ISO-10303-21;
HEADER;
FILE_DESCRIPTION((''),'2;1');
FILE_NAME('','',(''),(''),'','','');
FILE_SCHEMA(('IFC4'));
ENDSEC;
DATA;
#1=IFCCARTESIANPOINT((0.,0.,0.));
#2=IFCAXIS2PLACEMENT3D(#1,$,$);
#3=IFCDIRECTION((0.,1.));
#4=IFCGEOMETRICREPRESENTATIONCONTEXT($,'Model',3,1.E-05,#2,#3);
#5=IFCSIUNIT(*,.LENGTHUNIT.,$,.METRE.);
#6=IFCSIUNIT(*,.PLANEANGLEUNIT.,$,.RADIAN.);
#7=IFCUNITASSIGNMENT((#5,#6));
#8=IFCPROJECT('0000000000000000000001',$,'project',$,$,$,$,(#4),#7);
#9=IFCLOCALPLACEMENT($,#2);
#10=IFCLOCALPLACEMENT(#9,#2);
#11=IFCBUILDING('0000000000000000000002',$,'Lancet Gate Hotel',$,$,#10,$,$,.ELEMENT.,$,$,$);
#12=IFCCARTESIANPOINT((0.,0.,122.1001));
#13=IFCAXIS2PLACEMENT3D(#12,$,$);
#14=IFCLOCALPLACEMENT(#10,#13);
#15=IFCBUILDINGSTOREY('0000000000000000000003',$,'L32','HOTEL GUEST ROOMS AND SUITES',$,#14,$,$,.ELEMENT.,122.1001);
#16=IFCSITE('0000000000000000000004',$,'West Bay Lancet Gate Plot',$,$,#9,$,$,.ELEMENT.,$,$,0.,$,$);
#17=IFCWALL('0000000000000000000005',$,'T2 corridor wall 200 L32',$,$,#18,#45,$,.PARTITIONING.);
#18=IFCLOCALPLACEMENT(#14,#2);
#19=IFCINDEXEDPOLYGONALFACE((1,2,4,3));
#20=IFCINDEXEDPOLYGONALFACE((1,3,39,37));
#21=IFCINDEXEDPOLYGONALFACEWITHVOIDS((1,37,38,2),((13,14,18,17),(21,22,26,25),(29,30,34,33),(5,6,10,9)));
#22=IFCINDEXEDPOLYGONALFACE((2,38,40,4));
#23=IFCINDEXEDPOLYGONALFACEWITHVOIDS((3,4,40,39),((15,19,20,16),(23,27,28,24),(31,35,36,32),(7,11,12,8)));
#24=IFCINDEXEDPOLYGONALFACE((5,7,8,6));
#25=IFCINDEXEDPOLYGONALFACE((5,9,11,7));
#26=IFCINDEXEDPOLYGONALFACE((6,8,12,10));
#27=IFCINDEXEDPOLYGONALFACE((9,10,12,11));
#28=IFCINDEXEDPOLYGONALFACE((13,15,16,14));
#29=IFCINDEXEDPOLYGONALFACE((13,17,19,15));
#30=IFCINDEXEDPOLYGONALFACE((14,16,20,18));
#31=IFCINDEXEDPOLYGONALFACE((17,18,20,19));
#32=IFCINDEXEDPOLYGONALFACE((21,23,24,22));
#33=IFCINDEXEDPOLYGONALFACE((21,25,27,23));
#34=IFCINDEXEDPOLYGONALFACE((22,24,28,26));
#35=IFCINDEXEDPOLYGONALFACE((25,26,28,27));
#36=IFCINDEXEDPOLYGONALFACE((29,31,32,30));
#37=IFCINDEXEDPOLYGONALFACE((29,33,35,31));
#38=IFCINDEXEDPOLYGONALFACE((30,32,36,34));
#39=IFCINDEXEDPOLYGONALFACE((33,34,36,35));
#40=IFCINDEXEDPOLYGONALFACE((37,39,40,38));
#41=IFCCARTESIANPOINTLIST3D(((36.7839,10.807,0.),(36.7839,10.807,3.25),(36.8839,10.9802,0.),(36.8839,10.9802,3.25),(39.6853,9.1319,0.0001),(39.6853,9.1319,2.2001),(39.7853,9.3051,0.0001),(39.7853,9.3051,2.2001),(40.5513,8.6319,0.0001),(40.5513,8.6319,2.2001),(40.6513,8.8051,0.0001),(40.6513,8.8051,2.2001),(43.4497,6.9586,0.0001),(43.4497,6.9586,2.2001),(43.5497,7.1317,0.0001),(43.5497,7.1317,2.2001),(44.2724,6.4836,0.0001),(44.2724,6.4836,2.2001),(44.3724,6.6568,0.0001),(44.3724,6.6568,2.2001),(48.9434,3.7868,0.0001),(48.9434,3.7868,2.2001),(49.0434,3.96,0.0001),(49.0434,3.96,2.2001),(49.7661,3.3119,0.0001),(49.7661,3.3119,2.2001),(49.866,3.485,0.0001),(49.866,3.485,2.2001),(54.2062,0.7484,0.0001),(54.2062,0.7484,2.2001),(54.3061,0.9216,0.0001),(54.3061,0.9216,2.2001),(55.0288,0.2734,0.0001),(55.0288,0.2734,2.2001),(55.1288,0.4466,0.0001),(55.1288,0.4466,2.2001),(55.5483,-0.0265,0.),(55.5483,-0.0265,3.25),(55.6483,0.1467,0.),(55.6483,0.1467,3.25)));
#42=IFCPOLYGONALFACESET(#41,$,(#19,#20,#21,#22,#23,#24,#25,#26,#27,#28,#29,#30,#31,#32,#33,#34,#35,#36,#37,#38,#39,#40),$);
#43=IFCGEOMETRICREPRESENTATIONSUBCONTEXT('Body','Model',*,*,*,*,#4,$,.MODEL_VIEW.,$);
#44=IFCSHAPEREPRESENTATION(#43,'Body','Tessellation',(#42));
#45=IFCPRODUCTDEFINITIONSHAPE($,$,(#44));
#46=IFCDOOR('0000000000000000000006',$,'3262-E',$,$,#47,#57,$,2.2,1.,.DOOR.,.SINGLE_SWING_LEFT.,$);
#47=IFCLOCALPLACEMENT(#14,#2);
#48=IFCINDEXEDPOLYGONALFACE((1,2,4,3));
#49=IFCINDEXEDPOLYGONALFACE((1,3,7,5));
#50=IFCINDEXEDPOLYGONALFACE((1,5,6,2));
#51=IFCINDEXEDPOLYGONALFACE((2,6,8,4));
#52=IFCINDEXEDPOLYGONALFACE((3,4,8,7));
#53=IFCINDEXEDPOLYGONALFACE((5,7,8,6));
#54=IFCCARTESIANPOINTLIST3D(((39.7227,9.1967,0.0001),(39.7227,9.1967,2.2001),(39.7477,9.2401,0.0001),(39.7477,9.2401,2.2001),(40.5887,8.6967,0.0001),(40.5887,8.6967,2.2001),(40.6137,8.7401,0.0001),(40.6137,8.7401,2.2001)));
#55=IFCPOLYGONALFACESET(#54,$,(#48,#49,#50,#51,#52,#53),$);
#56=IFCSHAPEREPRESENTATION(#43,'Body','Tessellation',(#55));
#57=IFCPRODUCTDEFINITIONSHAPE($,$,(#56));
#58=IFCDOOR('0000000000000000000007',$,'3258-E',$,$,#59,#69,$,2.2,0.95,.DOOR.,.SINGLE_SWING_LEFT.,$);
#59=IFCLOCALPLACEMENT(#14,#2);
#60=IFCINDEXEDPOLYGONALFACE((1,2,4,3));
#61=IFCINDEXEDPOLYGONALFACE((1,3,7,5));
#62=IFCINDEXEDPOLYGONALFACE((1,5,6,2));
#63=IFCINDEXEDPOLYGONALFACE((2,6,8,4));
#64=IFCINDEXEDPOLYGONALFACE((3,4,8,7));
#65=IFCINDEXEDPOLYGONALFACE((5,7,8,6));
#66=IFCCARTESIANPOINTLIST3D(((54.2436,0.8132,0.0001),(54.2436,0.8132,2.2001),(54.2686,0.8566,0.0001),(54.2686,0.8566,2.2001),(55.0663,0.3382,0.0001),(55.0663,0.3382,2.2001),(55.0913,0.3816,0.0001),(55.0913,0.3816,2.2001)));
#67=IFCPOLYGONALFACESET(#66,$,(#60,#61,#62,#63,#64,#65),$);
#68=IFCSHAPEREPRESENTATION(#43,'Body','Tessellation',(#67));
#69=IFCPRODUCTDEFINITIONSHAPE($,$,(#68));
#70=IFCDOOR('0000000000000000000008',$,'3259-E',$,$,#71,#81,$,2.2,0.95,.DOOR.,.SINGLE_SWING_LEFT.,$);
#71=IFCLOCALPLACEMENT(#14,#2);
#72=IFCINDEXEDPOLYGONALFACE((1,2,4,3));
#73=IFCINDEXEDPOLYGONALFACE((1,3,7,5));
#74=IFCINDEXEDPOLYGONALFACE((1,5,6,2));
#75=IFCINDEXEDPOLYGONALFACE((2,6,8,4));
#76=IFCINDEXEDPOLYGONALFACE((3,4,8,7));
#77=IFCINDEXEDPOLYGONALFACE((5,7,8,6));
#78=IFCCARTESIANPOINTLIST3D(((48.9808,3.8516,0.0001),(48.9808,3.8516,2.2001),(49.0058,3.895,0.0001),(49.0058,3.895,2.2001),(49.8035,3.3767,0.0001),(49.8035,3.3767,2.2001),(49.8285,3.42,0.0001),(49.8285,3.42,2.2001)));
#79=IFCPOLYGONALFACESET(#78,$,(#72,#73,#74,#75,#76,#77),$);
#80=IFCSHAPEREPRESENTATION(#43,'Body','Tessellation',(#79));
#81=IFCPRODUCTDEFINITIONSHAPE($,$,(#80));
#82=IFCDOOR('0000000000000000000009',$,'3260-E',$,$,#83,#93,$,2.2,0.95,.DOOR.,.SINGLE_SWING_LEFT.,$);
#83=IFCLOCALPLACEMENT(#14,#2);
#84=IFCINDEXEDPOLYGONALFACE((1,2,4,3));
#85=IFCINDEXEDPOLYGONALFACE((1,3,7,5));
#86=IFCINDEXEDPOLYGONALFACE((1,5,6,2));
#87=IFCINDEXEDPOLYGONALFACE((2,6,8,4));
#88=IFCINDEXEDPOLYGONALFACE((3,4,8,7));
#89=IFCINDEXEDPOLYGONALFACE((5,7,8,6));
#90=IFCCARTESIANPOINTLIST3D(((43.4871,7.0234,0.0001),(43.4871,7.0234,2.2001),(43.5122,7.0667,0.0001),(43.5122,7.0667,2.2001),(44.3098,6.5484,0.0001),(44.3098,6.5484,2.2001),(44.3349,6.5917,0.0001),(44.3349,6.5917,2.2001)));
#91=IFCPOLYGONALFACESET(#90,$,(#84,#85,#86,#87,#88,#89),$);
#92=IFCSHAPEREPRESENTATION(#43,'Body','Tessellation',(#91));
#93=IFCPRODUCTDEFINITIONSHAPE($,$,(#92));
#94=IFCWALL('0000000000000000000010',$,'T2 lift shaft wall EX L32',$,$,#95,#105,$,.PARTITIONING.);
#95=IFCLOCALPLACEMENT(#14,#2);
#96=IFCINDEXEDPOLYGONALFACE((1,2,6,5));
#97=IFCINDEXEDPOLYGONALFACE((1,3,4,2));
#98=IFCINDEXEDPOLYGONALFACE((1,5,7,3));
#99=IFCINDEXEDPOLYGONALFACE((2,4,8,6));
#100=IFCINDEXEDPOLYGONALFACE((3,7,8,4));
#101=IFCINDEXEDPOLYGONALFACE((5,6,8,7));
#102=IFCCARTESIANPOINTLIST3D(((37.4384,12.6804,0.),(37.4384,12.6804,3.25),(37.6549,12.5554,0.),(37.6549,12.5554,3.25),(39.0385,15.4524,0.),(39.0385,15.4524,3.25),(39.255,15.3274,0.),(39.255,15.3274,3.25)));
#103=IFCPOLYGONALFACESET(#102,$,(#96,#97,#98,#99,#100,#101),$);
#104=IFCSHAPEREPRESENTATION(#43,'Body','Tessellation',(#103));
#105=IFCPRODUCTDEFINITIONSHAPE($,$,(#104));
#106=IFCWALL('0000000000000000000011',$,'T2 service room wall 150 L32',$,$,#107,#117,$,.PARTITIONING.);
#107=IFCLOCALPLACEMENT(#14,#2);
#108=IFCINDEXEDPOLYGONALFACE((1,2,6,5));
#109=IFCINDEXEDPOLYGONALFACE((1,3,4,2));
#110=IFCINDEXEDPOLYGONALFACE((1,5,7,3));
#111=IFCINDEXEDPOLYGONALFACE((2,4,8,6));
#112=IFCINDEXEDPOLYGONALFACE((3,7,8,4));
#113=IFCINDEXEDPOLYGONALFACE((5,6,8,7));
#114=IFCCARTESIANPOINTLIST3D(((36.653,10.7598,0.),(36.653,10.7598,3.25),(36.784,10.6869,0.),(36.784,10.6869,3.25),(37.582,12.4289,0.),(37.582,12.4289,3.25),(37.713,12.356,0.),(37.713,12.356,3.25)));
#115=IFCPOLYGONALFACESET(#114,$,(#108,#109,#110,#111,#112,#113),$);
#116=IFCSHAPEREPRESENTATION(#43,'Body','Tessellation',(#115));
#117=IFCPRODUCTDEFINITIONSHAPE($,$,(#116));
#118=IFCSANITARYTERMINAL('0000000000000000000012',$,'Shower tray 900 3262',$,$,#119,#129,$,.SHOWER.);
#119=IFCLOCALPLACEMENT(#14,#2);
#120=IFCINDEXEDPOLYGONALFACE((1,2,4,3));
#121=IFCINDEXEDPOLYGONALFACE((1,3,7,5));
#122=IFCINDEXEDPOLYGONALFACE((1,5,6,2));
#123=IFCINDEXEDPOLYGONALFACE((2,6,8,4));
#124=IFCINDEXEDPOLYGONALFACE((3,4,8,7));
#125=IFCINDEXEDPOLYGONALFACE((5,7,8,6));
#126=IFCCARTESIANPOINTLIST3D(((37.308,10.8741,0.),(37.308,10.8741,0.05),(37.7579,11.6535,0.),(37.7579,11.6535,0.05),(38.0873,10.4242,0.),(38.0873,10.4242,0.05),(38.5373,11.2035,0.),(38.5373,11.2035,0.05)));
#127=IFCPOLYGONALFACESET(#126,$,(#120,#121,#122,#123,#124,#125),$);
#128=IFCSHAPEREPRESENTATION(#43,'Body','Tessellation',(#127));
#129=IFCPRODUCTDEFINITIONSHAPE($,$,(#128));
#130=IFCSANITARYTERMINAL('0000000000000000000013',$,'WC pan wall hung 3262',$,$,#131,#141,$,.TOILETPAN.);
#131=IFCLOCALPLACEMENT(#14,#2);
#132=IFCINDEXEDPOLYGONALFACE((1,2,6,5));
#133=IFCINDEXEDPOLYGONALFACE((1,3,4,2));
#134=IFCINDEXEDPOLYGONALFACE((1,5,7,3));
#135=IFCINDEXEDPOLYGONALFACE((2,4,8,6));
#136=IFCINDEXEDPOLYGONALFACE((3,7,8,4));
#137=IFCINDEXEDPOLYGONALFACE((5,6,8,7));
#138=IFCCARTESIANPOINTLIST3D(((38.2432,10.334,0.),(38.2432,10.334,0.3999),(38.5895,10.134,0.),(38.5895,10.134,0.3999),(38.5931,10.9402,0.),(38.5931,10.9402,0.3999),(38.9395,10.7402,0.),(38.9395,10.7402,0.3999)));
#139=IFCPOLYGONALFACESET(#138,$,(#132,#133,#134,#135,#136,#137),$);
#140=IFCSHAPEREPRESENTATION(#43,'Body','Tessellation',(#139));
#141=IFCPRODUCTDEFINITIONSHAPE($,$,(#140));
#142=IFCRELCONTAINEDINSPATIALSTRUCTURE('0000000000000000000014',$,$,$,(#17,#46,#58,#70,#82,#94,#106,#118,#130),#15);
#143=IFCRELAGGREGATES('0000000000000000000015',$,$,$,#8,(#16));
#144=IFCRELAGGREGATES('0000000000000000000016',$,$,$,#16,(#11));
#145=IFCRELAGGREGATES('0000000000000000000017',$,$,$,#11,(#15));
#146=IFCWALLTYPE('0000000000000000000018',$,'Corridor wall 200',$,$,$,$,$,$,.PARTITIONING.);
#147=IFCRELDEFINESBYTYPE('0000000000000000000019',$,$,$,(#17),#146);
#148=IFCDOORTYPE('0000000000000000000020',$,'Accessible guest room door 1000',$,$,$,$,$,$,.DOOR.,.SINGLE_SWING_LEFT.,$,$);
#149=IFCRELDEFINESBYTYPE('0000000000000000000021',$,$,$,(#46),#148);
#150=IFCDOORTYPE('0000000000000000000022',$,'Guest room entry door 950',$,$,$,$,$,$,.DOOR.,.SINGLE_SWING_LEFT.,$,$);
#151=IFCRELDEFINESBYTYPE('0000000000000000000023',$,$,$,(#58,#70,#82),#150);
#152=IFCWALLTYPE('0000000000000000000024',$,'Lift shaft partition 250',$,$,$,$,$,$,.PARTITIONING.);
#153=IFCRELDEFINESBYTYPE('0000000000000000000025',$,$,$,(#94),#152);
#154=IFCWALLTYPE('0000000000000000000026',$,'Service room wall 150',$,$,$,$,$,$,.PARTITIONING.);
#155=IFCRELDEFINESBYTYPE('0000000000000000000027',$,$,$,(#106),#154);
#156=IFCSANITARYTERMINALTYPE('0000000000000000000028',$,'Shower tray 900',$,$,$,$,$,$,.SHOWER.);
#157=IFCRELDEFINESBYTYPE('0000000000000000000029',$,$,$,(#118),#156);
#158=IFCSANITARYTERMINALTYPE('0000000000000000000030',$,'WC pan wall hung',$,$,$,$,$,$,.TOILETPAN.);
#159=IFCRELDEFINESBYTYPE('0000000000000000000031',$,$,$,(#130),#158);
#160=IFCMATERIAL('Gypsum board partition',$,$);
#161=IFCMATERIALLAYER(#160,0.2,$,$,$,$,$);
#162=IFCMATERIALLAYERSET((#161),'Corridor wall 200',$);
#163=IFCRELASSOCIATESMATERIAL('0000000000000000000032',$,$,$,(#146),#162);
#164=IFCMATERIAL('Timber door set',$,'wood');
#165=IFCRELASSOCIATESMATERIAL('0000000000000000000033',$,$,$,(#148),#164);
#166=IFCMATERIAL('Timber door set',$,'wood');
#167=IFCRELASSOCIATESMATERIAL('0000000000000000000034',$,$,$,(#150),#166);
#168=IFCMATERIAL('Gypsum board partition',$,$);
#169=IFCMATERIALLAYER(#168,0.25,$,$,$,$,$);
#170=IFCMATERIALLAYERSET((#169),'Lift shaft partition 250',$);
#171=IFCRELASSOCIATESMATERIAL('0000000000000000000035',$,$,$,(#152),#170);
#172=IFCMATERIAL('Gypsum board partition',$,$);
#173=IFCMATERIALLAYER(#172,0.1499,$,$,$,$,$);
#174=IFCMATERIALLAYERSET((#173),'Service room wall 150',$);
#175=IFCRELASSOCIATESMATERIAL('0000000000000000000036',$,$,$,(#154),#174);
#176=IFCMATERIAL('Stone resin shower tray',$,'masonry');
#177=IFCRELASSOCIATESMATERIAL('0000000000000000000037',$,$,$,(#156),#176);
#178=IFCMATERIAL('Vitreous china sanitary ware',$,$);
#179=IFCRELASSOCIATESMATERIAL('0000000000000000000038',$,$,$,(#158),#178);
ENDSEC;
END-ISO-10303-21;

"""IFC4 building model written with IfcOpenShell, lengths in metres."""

from ifc_helpers import new_model, si_unit, direction, frame, frame_2d, origin, origin_2d, place, context, subcontext, project, spatial, rectangle, extrude, material, layer, layer_set, type_object, element, fill, save


model = new_model("IFC4")

# Units and contexts
model_context = context("Model", 3, precision=1e-05, world=origin(), true_north=direction((0.0, 1.0)))
body_context = subcontext(model_context, "Body", "Model", "MODEL_VIEW")
ifc_project = project(units=[si_unit("LENGTHUNIT", "METRE"), si_unit("PLANEANGLEUNIT", "RADIAN")], contexts=[model_context])

# Site, building, storey
site_placement = place(None, origin())
site = spatial("IfcSite", under=ifc_project, at=site_placement, Name="West Bay Lancet Gate Plot", CompositionType="ELEMENT", RefElevation=0.0)
building_placement = place(site_placement, origin())
building = spatial("IfcBuilding", under=site, at=building_placement, Name="Lancet Gate Hotel", CompositionType="ELEMENT")
storey_placement = place(building_placement, frame((0.0, 0.0, 122.1001)))
storey = spatial("IfcBuildingStorey", under=building, at=storey_placement, Name="L32", Description="HOTEL GUEST ROOMS AND SUITES", CompositionType="ELEMENT", Elevation=122.1001)

# Wall, openings, doors
ifc_material_1 = material(Name="Gypsum board partition")
ifc_layer_1 = layer(ifc_material_1, 0.2)
ifc_layer_set_1 = layer_set([ifc_layer_1], Name="Corridor wall 200")
wall_type_1 = type_object("IfcWallType", Name="Corridor wall 200", PredefinedType="PARTITIONING", material=ifc_layer_set_1)
wall_1_placement = place(storey_placement, frame((36.834, 10.8936, 0.0), z_axis=(0.0, 0.0, 1.0), x_axis=(0.866028, -0.499995, 0.0)))
wall_1 = element("IfcWall", 1, at=wall_1_placement, inside=storey, type_object=wall_type_1, Name="T2 corridor wall 200 L32", PredefinedType="PARTITIONING", context=body_context, shape_type="SweptSolid", body=[
    extrude(rectangle(XDim=21.6672, YDim=0.2, at=frame_2d((10.8335, 0.0))), origin(), (0.0, 0.0, 1.0), 3.25),
])
opening_1_placement = place(wall_1_placement, frame((20.1172, 0.0, 0.0)))
opening_1 = element("IfcOpeningElement", 2, at=opening_1_placement, cuts=wall_1, PredefinedType="OPENING", context=body_context, shape_type="SweptSolid", body=[
    extrude(rectangle(XDim=0.95, YDim=2.2, at=frame_2d((0.4751, 1.1001))), frame((0.0, 0.1099, 0.0), z_axis=(0.0, -1.0, 0.0), x_axis=(1.0, 0.0, 0.0)), (0.0, 0.0, 1.0), 0.22),
])
opening_2_placement = place(wall_1_placement, frame((14.0403, 0.0, 0.0)))
opening_2 = element("IfcOpeningElement", 3, at=opening_2_placement, cuts=wall_1, PredefinedType="OPENING", context=body_context, shape_type="SweptSolid", body=[
    extrude(rectangle(XDim=0.95, YDim=2.2, at=frame_2d((0.4751, 1.1001))), frame((0.0, 0.1099, 0.0), z_axis=(0.0, -1.0, 0.0), x_axis=(1.0, 0.0, 0.0)), (0.0, 0.0, 1.0), 0.22),
])
opening_3_placement = place(wall_1_placement, frame((7.6968, 0.0, 0.0)))
opening_3 = element("IfcOpeningElement", 4, at=opening_3_placement, cuts=wall_1, PredefinedType="OPENING", context=body_context, shape_type="SweptSolid", body=[
    extrude(rectangle(XDim=0.95, YDim=2.2, at=frame_2d((0.4751, 1.1001))), frame((0.0, 0.1099, 0.0), z_axis=(0.0, -1.0, 0.0), x_axis=(1.0, 0.0, 0.0)), (0.0, 0.0, 1.0), 0.22),
])
opening_4_placement = place(wall_1_placement, frame((3.3501, 0.0, 0.0)))
opening_4 = element("IfcOpeningElement", 5, at=opening_4_placement, cuts=wall_1, PredefinedType="OPENING", context=body_context, shape_type="SweptSolid", body=[
    extrude(rectangle(XDim=1.0, YDim=2.2, at=frame_2d((0.5, 1.1001))), frame((0.0, 0.1099, 0.0), z_axis=(0.0, -1.0, 0.0), x_axis=(1.0, 0.0, 0.0)), (0.0, 0.0, 1.0), 0.22),
])
ifc_material_2 = material(Name="Timber door set", Category="wood")
door_type_1 = type_object("IfcDoorType", Name="Accessible guest room door 1000", OperationType="SINGLE_SWING_LEFT", PredefinedType="DOOR", material=ifc_material_2)
door_1_placement = place(opening_4_placement, origin())
door_1 = element("IfcDoor", 6, at=door_1_placement, inside=storey, type_object=door_type_1, Name="3262-E", OperationType="SINGLE_SWING_LEFT", OverallHeight=2.2, OverallWidth=1.0, PredefinedType="DOOR", context=body_context, shape_type="SweptSolid", body=[
    extrude(rectangle(XDim=1.0, YDim=2.2, at=frame_2d((0.5, 1.1001))), frame((0.0, 0.0249, 0.0), z_axis=(0.0, -1.0, 0.0), x_axis=(1.0, 0.0, 0.0)), (0.0, 0.0, 1.0), 0.05),
])
fill(opening_4, door_1)
ifc_material_3 = material(Name="Timber door set", Category="wood")
door_type_2 = type_object("IfcDoorType", Name="Guest room entry door 950", OperationType="SINGLE_SWING_LEFT", PredefinedType="DOOR", material=ifc_material_3)
door_2_placement = place(opening_1_placement, origin())
door_2 = element("IfcDoor", 7, at=door_2_placement, inside=storey, type_object=door_type_2, Name="3258-E", OperationType="SINGLE_SWING_LEFT", OverallHeight=2.2, OverallWidth=0.95, PredefinedType="DOOR", context=body_context, shape_type="SweptSolid", body=[
    extrude(rectangle(XDim=0.95, YDim=2.2, at=frame_2d((0.4751, 1.1001))), frame((0.0, 0.0249, 0.0), z_axis=(0.0, -1.0, 0.0), x_axis=(1.0, 0.0, 0.0)), (0.0, 0.0, 1.0), 0.05),
])
fill(opening_1, door_2)
door_3_placement = place(opening_2_placement, origin())
door_3 = element("IfcDoor", 8, at=door_3_placement, inside=storey, type_object=door_type_2, Name="3259-E", OperationType="SINGLE_SWING_LEFT", OverallHeight=2.2, OverallWidth=0.95, PredefinedType="DOOR", context=body_context, shape_type="SweptSolid", body=[
    extrude(rectangle(XDim=0.95, YDim=2.2, at=frame_2d((0.4751, 1.1001))), frame((0.0, 0.0249, 0.0), z_axis=(0.0, -1.0, 0.0), x_axis=(1.0, 0.0, 0.0)), (0.0, 0.0, 1.0), 0.05),
])
fill(opening_2, door_3)
door_4_placement = place(opening_3_placement, origin())
door_4 = element("IfcDoor", 9, at=door_4_placement, inside=storey, type_object=door_type_2, Name="3260-E", OperationType="SINGLE_SWING_LEFT", OverallHeight=2.2, OverallWidth=0.95, PredefinedType="DOOR", context=body_context, shape_type="SweptSolid", body=[
    extrude(rectangle(XDim=0.95, YDim=2.2, at=frame_2d((0.4751, 1.1001))), frame((0.0, 0.0249, 0.0), z_axis=(0.0, -1.0, 0.0), x_axis=(1.0, 0.0, 0.0)), (0.0, 0.0, 1.0), 0.05),
])
fill(opening_3, door_4)

# Walls
ifc_material_4 = material(Name="Gypsum board partition")
ifc_layer_2 = layer(ifc_material_4, 0.25)
ifc_layer_set_2 = layer_set([ifc_layer_2], Name="Lift shaft partition 250")
wall_type_2 = type_object("IfcWallType", Name="Lift shaft partition 250", PredefinedType="PARTITIONING", material=ifc_layer_set_2)
wall_2_placement = place(storey_placement, frame((37.5466, 12.6179, 0.0), z_axis=(0.0, 0.0, 1.0), x_axis=(0.499929, 0.866066, 0.0)))
element("IfcWall", 10, at=wall_2_placement, inside=storey, type_object=wall_type_2, Name="T2 lift shaft wall EX L32", PredefinedType="PARTITIONING", context=body_context, shape_type="SweptSolid", body=[
    extrude(rectangle(XDim=3.2007, YDim=0.25, at=frame_2d((1.6003, 0.0))), origin(), (0.0, 0.0, 1.0), 3.25),
])
ifc_material_5 = material(Name="Gypsum board partition")
ifc_layer_3 = layer(ifc_material_5, 0.1499)
ifc_layer_set_3 = layer_set([ifc_layer_3], Name="Service room wall 150")
wall_type_3 = type_object("IfcWallType", Name="Service room wall 150", PredefinedType="PARTITIONING", material=ifc_layer_set_3)
wall_3_placement = place(storey_placement, frame((36.7185, 10.7234, 0.0), z_axis=(0.0, 0.0, 1.0), x_axis=(0.486348, 0.873765, 0.0)))
element("IfcWall", 11, at=wall_3_placement, inside=storey, type_object=wall_type_3, Name="T2 service room wall 150 L32", PredefinedType="PARTITIONING", context=body_context, shape_type="SweptSolid", body=[
    extrude(rectangle(XDim=1.9102, YDim=0.1499, at=frame_2d((0.9551, 0.0))), origin(), (0.0, 0.0, 1.0), 3.25),
])

# Sanitary terminals
ifc_material_6 = material(Name="Stone resin shower tray", Category="masonry")
sanitary_terminal_type_1 = type_object("IfcSanitaryTerminalType", Name="Shower tray 900", PredefinedType="SHOWER", material=ifc_material_6)
sanitary_terminal_1_placement = place(storey_placement, frame((37.9226, 11.0388, 0.0), z_axis=(0.0, 0.0, 1.0), x_axis=(-0.866025, 0.5, 0.0)))
element("IfcSanitaryTerminal", 12, at=sanitary_terminal_1_placement, inside=storey, type_object=sanitary_terminal_type_1, Name="Shower tray 900 3262", PredefinedType="SHOWER", context=body_context, shape_type="SweptSolid", body=[
    extrude(rectangle(XDim=0.8999, YDim=0.8999, at=origin_2d()), origin(), (0.0, 0.0, 1.0), 0.05),
])
ifc_material_7 = material(Name="Vitreous china sanitary ware")
sanitary_terminal_type_2 = type_object("IfcSanitaryTerminalType", Name="WC pan wall hung", PredefinedType="TOILETPAN", material=ifc_material_7)
sanitary_terminal_2_placement = place(storey_placement, frame((38.5913, 10.5371, 0.0), z_axis=(0.0, 0.0, 1.0), x_axis=(-0.866025, 0.5, 0.0)))
element("IfcSanitaryTerminal", 13, at=sanitary_terminal_2_placement, inside=storey, type_object=sanitary_terminal_type_2, Name="WC pan wall hung 3262", PredefinedType="TOILETPAN", context=body_context, shape_type="SweptSolid", body=[
    extrude(rectangle(XDim=0.3999, YDim=0.7, at=origin_2d()), origin(), (0.0, 0.0, 1.0), 0.3999),
])

save(model, "model.ifc")
